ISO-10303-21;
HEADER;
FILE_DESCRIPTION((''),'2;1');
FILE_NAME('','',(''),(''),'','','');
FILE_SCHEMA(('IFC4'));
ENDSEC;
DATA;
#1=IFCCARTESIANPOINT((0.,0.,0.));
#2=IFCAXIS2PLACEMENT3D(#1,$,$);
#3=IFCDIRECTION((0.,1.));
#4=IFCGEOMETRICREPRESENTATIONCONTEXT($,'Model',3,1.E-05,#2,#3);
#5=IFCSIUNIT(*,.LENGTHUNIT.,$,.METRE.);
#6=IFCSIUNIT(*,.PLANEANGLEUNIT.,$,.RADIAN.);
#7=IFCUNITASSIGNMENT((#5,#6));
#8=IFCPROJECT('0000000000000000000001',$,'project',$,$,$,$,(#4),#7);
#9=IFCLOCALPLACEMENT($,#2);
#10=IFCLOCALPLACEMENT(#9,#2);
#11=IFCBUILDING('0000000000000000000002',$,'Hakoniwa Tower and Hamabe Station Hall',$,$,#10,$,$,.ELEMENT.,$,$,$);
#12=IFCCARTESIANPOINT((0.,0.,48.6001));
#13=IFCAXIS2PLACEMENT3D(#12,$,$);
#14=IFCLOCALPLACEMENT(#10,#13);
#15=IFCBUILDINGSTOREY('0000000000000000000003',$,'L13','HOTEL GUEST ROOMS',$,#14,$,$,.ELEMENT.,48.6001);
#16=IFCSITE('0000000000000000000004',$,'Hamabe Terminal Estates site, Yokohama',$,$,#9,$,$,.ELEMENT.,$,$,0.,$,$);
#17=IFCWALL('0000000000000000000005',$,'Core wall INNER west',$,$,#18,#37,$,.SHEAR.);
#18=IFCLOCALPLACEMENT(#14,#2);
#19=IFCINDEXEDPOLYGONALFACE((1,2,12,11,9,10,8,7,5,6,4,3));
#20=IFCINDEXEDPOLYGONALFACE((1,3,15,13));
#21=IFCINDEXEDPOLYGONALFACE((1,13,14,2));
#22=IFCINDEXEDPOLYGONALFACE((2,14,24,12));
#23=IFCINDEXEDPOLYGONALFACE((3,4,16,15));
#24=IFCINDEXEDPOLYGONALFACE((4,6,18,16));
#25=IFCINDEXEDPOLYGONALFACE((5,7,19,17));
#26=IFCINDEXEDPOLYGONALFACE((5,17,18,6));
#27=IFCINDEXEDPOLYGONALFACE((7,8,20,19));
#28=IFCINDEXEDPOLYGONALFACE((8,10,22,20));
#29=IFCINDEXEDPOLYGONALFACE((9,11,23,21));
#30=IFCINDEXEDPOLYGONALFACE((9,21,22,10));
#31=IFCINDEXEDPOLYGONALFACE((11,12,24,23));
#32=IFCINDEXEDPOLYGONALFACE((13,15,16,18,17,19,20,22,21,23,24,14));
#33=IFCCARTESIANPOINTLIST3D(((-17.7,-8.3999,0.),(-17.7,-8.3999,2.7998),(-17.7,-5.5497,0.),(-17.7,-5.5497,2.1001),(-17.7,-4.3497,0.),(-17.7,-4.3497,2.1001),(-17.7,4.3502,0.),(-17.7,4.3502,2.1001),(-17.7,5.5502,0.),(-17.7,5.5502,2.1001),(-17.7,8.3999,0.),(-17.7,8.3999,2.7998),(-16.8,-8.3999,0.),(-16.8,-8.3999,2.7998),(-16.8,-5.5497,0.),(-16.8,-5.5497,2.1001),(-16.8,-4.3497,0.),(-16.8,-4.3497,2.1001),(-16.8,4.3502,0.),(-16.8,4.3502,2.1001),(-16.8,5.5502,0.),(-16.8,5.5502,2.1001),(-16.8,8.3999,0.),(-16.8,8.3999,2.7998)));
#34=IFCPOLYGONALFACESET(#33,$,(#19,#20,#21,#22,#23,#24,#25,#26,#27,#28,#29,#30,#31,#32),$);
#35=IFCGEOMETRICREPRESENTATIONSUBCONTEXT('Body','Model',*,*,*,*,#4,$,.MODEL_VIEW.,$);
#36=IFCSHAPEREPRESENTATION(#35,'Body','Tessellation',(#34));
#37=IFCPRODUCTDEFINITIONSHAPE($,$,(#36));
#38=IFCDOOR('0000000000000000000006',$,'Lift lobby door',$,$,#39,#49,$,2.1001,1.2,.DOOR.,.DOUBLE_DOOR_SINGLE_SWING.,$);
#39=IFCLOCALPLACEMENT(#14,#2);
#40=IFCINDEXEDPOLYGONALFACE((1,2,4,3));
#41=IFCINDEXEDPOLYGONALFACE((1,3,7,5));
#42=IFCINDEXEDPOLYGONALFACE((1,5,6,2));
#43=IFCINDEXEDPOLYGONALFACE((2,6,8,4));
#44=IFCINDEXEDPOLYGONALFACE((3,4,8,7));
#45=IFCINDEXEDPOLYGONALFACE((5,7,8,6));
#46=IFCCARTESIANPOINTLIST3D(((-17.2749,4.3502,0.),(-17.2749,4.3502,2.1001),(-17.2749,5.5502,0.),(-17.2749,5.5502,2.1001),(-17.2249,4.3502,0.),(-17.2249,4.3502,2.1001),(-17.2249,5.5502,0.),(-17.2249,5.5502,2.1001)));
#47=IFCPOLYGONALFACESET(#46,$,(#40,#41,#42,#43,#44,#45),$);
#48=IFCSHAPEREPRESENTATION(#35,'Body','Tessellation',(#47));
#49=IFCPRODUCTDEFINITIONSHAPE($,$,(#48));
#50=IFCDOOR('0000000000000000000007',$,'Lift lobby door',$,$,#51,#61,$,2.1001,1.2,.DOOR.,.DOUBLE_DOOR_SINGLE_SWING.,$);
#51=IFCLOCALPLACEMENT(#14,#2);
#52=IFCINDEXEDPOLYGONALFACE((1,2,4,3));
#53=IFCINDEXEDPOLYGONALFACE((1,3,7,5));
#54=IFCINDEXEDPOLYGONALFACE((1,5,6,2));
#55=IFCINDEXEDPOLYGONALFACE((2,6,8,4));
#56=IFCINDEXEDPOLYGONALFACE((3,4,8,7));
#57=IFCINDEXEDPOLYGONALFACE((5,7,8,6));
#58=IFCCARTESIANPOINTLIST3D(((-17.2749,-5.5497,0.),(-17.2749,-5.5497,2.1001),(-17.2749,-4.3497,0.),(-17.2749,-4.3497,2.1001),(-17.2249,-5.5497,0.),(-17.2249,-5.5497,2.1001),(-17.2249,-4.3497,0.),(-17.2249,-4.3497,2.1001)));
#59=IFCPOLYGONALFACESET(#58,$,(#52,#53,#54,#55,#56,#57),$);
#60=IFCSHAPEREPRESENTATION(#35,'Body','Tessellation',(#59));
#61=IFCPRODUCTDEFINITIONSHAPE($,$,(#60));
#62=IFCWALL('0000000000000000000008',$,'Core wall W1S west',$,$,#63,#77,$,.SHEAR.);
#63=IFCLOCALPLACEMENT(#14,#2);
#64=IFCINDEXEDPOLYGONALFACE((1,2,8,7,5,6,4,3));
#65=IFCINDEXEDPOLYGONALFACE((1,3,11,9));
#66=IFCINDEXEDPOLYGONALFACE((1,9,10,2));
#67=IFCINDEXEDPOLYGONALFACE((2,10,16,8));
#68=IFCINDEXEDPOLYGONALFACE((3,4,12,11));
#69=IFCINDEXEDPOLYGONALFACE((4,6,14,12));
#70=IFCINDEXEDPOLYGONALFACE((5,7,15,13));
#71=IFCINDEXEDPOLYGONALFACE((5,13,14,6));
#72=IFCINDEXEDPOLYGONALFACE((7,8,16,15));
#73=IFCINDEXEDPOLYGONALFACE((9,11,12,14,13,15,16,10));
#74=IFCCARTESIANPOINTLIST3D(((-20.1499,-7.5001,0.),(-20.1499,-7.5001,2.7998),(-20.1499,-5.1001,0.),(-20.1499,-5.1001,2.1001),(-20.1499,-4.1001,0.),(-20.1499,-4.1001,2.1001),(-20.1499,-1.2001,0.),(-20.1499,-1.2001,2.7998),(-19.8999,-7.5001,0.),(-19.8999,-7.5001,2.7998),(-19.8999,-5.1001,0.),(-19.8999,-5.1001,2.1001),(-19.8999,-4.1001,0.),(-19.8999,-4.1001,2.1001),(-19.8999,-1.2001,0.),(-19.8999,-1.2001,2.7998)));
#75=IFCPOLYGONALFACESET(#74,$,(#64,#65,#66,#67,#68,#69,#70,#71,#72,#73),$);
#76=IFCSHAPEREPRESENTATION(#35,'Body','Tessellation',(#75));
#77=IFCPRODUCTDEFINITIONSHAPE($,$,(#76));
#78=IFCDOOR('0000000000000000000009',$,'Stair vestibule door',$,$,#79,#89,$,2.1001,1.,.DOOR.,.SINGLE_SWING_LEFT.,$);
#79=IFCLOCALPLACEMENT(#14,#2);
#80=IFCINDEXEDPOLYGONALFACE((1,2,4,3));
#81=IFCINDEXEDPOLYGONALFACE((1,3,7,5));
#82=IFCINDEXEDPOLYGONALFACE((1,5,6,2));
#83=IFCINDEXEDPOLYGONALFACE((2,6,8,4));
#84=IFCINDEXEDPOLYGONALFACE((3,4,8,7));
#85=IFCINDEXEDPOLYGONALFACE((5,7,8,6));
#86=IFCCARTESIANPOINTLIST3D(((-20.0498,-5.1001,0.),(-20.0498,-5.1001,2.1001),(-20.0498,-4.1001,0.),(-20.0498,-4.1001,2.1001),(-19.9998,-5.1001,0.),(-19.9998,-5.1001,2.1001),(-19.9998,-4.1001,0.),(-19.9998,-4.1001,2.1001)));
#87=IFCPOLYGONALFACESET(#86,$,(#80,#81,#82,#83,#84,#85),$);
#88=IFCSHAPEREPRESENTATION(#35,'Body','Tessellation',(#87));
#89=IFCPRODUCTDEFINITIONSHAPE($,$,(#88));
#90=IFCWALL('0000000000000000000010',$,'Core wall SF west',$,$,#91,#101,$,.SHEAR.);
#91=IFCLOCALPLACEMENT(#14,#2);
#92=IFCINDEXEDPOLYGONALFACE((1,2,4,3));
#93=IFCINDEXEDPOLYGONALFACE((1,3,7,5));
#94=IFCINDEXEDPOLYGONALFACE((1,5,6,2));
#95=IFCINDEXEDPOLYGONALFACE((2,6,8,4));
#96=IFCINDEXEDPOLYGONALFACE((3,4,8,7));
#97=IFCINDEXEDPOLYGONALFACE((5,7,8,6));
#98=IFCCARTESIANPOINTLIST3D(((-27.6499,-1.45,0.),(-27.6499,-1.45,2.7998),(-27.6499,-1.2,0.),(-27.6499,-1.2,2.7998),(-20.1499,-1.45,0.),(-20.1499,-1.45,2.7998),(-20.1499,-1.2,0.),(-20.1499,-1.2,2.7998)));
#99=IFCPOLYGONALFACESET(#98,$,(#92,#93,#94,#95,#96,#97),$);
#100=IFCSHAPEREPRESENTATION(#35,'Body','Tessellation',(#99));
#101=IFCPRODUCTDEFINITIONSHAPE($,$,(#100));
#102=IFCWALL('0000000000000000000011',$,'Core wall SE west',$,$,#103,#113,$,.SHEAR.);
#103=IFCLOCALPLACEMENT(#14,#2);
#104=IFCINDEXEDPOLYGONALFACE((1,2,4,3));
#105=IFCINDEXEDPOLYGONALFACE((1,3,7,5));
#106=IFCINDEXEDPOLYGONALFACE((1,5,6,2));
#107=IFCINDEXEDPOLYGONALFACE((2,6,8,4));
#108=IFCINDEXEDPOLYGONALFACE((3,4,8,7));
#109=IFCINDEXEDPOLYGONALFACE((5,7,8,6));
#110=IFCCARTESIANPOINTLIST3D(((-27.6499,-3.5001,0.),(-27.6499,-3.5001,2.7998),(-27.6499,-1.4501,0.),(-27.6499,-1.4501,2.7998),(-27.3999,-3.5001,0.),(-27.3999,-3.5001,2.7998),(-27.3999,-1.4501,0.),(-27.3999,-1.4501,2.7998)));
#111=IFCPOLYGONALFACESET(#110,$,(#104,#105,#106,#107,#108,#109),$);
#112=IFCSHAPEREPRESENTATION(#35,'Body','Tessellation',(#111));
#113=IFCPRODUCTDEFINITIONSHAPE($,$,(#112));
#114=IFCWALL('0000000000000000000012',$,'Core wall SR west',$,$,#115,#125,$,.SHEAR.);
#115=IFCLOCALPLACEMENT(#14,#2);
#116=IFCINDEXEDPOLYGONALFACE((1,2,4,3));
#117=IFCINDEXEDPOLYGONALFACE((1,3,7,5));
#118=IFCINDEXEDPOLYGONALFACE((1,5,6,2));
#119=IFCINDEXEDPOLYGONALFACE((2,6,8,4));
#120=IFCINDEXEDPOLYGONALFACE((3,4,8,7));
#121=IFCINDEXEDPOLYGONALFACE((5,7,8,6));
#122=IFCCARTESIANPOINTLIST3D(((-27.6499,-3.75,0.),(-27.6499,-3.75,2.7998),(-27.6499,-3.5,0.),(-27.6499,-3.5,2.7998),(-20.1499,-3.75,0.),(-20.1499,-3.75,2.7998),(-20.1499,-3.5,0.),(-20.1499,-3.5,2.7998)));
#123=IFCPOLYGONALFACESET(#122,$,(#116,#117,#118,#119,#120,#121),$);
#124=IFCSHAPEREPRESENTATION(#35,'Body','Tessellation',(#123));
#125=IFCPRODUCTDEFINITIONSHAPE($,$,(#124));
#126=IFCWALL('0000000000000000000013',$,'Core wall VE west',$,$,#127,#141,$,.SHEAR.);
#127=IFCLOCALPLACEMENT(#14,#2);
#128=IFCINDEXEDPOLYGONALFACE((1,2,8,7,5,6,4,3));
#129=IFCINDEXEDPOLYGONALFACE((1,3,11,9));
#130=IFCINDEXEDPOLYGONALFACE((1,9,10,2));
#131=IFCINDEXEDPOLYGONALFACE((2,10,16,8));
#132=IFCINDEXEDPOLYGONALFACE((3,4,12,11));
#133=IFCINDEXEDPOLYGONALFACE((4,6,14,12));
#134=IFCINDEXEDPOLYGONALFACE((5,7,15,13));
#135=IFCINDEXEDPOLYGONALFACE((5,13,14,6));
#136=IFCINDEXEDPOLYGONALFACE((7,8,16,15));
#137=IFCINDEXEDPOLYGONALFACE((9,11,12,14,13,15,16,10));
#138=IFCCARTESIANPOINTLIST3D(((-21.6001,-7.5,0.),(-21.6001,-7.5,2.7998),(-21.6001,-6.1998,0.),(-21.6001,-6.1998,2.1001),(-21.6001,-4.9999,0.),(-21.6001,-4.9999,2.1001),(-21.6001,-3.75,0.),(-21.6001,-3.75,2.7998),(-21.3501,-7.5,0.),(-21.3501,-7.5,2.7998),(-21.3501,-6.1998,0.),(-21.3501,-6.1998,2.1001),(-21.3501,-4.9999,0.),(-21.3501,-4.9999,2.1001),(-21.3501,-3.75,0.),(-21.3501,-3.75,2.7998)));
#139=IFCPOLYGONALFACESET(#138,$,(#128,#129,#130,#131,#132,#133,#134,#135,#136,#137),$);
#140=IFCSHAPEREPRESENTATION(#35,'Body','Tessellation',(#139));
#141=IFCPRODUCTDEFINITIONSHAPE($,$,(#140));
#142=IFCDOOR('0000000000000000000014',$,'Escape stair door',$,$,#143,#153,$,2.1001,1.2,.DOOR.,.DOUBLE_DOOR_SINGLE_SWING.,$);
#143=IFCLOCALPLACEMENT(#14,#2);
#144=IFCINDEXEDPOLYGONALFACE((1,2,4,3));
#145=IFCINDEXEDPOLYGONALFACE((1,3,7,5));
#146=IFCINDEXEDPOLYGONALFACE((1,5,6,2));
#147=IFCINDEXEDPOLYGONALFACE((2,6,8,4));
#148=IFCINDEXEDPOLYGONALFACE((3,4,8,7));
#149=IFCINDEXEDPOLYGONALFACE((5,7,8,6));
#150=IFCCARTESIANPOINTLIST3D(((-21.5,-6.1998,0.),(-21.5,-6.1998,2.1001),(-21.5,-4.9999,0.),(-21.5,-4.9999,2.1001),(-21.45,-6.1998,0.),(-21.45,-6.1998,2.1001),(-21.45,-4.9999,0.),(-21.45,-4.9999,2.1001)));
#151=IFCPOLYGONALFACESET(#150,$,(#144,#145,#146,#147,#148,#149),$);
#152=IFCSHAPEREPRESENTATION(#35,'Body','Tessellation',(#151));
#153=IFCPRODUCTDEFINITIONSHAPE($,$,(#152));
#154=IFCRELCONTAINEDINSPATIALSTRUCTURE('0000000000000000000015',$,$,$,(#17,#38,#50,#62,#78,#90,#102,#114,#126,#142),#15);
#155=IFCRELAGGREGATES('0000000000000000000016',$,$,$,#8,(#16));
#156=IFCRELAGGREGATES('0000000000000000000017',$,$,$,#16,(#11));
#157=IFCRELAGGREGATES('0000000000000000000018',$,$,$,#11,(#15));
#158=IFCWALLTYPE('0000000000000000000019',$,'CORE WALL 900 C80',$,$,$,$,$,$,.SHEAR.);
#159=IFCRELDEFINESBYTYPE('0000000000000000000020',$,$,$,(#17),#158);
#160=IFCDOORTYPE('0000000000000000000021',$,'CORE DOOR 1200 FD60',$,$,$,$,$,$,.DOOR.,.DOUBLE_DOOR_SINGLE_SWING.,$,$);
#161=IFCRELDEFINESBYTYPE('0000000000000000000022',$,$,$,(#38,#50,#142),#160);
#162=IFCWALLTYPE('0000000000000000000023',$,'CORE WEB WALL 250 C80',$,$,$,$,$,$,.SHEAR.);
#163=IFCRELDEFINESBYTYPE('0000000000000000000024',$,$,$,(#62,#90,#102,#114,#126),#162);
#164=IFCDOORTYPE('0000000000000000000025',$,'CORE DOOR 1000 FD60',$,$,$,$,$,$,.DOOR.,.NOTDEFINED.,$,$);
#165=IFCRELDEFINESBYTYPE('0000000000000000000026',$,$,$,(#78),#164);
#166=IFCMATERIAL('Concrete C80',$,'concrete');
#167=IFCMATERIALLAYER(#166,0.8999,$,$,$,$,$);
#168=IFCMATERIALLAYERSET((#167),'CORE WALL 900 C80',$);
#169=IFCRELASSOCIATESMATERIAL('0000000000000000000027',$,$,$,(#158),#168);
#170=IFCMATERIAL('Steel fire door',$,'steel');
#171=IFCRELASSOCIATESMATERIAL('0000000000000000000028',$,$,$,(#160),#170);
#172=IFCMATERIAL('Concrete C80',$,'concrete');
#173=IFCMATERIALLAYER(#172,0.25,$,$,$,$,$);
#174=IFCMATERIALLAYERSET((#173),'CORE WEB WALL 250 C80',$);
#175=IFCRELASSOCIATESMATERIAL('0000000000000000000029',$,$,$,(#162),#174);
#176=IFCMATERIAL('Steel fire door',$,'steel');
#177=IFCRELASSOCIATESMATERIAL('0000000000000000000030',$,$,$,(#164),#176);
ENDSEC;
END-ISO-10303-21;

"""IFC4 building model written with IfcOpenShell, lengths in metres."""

from ifc_helpers import new_model, si_unit, direction, frame, frame_2d, origin, place, context, subcontext, project, spatial, rectangle, extrude, material, layer, layer_set, type_object, element, fill, save


model = new_model("IFC4")

# Units and contexts
model_context = context("Model", 3, precision=1e-05, world=origin(), true_north=direction((0.0, 1.0)))
body_context = subcontext(model_context, "Body", "Model", "MODEL_VIEW")
ifc_project = project(units=[si_unit("LENGTHUNIT", "METRE"), si_unit("PLANEANGLEUNIT", "RADIAN")], contexts=[model_context])

# Site, building, storey
site_placement = place(None, origin())
site = spatial("IfcSite", under=ifc_project, at=site_placement, Name="Hamabe Terminal Estates site, Yokohama", CompositionType="ELEMENT", RefElevation=0.0)
building_placement = place(site_placement, origin())
building = spatial("IfcBuilding", under=site, at=building_placement, Name="Hakoniwa Tower and Hamabe Station Hall", CompositionType="ELEMENT")
storey_placement = place(building_placement, frame((0.0, 0.0, 48.6001)))
storey = spatial("IfcBuildingStorey", under=building, at=storey_placement, Name="L13", Description="HOTEL GUEST ROOMS", CompositionType="ELEMENT", Elevation=48.6001)

# Wall, openings, doors
ifc_material_1 = material(Name="Concrete C80", Category="concrete")
ifc_layer_1 = layer(ifc_material_1, 0.8999)
ifc_layer_set_1 = layer_set([ifc_layer_1], Name="CORE WALL 900 C80")
wall_type_1 = type_object("IfcWallType", Name="CORE WALL 900 C80", PredefinedType="SHEAR", material=ifc_layer_set_1)
wall_1_placement = place(storey_placement, frame((-17.25, -8.3999, 0.0), z_axis=(0.0, 0.0, 1.0), x_axis=(0.0, 1.0, 0.0)))
wall_1 = element("IfcWall", 1, at=wall_1_placement, inside=storey, type_object=wall_type_1, Name="Core wall INNER west", PredefinedType="SHEAR", context=body_context, shape_type="SweptSolid", body=[
    extrude(rectangle(XDim=16.7998, YDim=0.8999, at=frame_2d((8.3999, 0.0))), origin(), (0.0, 0.0, 1.0), 2.7998),
])
opening_1_placement = place(wall_1_placement, frame((12.75, 0.0, 0.0)))
opening_1 = element("IfcOpeningElement", 2, at=opening_1_placement, cuts=wall_1, PredefinedType="OPENING", context=body_context, shape_type="SweptSolid", body=[
    extrude(rectangle(XDim=1.2, YDim=2.1001, at=frame_2d((0.6001, 1.05))), frame((0.0, 0.46, 0.0), z_axis=(0.0, -1.0, 0.0), x_axis=(1.0, 0.0, 0.0)), (0.0, 0.0, 1.0), 0.9199),
])
opening_2_placement = place(wall_1_placement, frame((2.8501, 0.0, 0.0)))
opening_2 = element("IfcOpeningElement", 3, at=opening_2_placement, cuts=wall_1, PredefinedType="OPENING", context=body_context, shape_type="SweptSolid", body=[
    extrude(rectangle(XDim=1.2, YDim=2.1001, at=frame_2d((0.6001, 1.05))), frame((0.0, 0.46, 0.0), z_axis=(0.0, -1.0, 0.0), x_axis=(1.0, 0.0, 0.0)), (0.0, 0.0, 1.0), 0.9199),
])
ifc_material_2 = material(Name="Steel fire door", Category="steel")
door_type_1 = type_object("IfcDoorType", Name="CORE DOOR 1200 FD60", OperationType="DOUBLE_DOOR_SINGLE_SWING", PredefinedType="DOOR", material=ifc_material_2)
door_1_placement = place(opening_1_placement, origin())
door_1 = element("IfcDoor", 4, at=door_1_placement, inside=storey, type_object=door_type_1, Name="Lift lobby door", OperationType="DOUBLE_DOOR_SINGLE_SWING", OverallHeight=2.1001, OverallWidth=1.2, PredefinedType="DOOR", context=body_context, shape_type="SweptSolid", body=[
    extrude(rectangle(XDim=1.2, YDim=2.1001, at=frame_2d((0.6001, 1.05))), frame((0.0, 0.0249, 0.0), z_axis=(0.0, -1.0, 0.0), x_axis=(1.0, 0.0, 0.0)), (0.0, 0.0, 1.0), 0.05),
])
fill(opening_1, door_1)
door_2_placement = place(opening_2_placement, origin())
door_2 = element("IfcDoor", 5, at=door_2_placement, inside=storey, type_object=door_type_1, Name="Lift lobby door", OperationType="DOUBLE_DOOR_SINGLE_SWING", OverallHeight=2.1001, OverallWidth=1.2, PredefinedType="DOOR", context=body_context, shape_type="SweptSolid", body=[
    extrude(rectangle(XDim=1.2, YDim=2.1001, at=frame_2d((0.6001, 1.05))), frame((0.0, 0.0249, 0.0), z_axis=(0.0, -1.0, 0.0), x_axis=(1.0, 0.0, 0.0)), (0.0, 0.0, 1.0), 0.05),
])
fill(opening_2, door_2)

# Wall, opening, door
ifc_material_3 = material(Name="Concrete C80", Category="concrete")
ifc_layer_2 = layer(ifc_material_3, 0.25)
ifc_layer_set_2 = layer_set([ifc_layer_2], Name="CORE WEB WALL 250 C80")
wall_type_2 = type_object("IfcWallType", Name="CORE WEB WALL 250 C80", PredefinedType="SHEAR", material=ifc_layer_set_2)
wall_2_placement = place(storey_placement, frame((-20.0249, -7.5, 0.0), z_axis=(0.0, 0.0, 1.0), x_axis=(0.0, 1.0, 0.0)))
wall_2 = element("IfcWall", 6, at=wall_2_placement, inside=storey, type_object=wall_type_2, Name="Core wall W1S west", PredefinedType="SHEAR", context=body_context, shape_type="SweptSolid", body=[
    extrude(rectangle(XDim=6.3, YDim=0.25, at=frame_2d((3.1499, 0.0))), origin(), (0.0, 0.0, 1.0), 2.7998),
])
opening_3_placement = place(wall_2_placement, frame((2.3999, 0.0, 0.0)))
opening_3 = element("IfcOpeningElement", 7, at=opening_3_placement, cuts=wall_2, PredefinedType="OPENING", context=body_context, shape_type="SweptSolid", body=[
    extrude(rectangle(XDim=1.0, YDim=2.1001, at=frame_2d((0.5, 1.05))), frame((0.0, 0.135, 0.0), z_axis=(0.0, -1.0, 0.0), x_axis=(1.0, 0.0, 0.0)), (0.0, 0.0, 1.0), 0.27),
])
ifc_material_4 = material(Name="Steel fire door", Category="steel")
door_type_2 = type_object("IfcDoorType", Name="CORE DOOR 1000 FD60", OperationType="NOTDEFINED", PredefinedType="DOOR", material=ifc_material_4)
door_3_placement = place(opening_3_placement, origin())
door_3 = element("IfcDoor", 8, at=door_3_placement, inside=storey, type_object=door_type_2, Name="Stair vestibule door", OperationType="SINGLE_SWING_LEFT", OverallHeight=2.1001, OverallWidth=1.0, PredefinedType="DOOR", context=body_context, shape_type="SweptSolid", body=[
    extrude(rectangle(XDim=1.0, YDim=2.1001, at=frame_2d((0.5, 1.05))), frame((0.0, 0.0249, 0.0), z_axis=(0.0, -1.0, 0.0), x_axis=(1.0, 0.0, 0.0)), (0.0, 0.0, 1.0), 0.05),
])
fill(opening_3, door_3)

# Walls
wall_3_placement = place(storey_placement, frame((-27.6499, -1.325, 0.0), z_axis=(0.0, 0.0, 1.0), x_axis=(1.0, 0.0, 0.0)))
element("IfcWall", 9, at=wall_3_placement, inside=storey, type_object=wall_type_2, Name="Core wall SF west", PredefinedType="SHEAR", context=body_context, shape_type="SweptSolid", body=[
    extrude(rectangle(XDim=7.5, YDim=0.25, at=frame_2d((3.75, 0.0))), origin(), (0.0, 0.0, 1.0), 2.7998),
])
wall_4_placement = place(storey_placement, frame((-27.5249, -3.5, 0.0), z_axis=(0.0, 0.0, 1.0), x_axis=(0.0, 1.0, 0.0)))
element("IfcWall", 10, at=wall_4_placement, inside=storey, type_object=wall_type_2, Name="Core wall SE west", PredefinedType="SHEAR", context=body_context, shape_type="SweptSolid", body=[
    extrude(rectangle(XDim=2.05, YDim=0.25, at=frame_2d((1.0249, 0.0))), origin(), (0.0, 0.0, 1.0), 2.7998),
])
wall_5_placement = place(storey_placement, frame((-27.6499, -3.625, 0.0), z_axis=(0.0, 0.0, 1.0), x_axis=(1.0, 0.0, 0.0)))
element("IfcWall", 11, at=wall_5_placement, inside=storey, type_object=wall_type_2, Name="Core wall SR west", PredefinedType="SHEAR", context=body_context, shape_type="SweptSolid", body=[
    extrude(rectangle(XDim=7.5, YDim=0.25, at=frame_2d((3.75, 0.0))), origin(), (0.0, 0.0, 1.0), 2.7998),
])

# Wall, opening, door
wall_6_placement = place(storey_placement, frame((-21.4751, -7.5, 0.0), z_axis=(0.0, 0.0, 1.0), x_axis=(0.0, 1.0, 0.0)))
wall_6 = element("IfcWall", 12, at=wall_6_placement, inside=storey, type_object=wall_type_2, Name="Core wall VE west", PredefinedType="SHEAR", context=body_context, shape_type="SweptSolid", body=[
    extrude(rectangle(XDim=3.75, YDim=0.25, at=frame_2d((1.875, 0.0))), origin(), (0.0, 0.0, 1.0), 2.7998),
])
opening_4_placement = place(wall_6_placement, frame((1.3, 0.0, 0.0)))
opening_4 = element("IfcOpeningElement", 13, at=opening_4_placement, cuts=wall_6, PredefinedType="OPENING", context=body_context, shape_type="SweptSolid", body=[
    extrude(rectangle(XDim=1.2, YDim=2.1001, at=frame_2d((0.6001, 1.05))), frame((0.0, 0.135, 0.0), z_axis=(0.0, -1.0, 0.0), x_axis=(1.0, 0.0, 0.0)), (0.0, 0.0, 1.0), 0.27),
])
door_4_placement = place(opening_4_placement, origin())
door_4 = element("IfcDoor", 14, at=door_4_placement, inside=storey, type_object=door_type_1, Name="Escape stair door", OperationType="DOUBLE_DOOR_SINGLE_SWING", OverallHeight=2.1001, OverallWidth=1.2, PredefinedType="DOOR", context=body_context, shape_type="SweptSolid", body=[
    extrude(rectangle(XDim=1.2, YDim=2.1001, at=frame_2d((0.6001, 1.05))), frame((0.0, 0.0249, 0.0), z_axis=(0.0, -1.0, 0.0), x_axis=(1.0, 0.0, 0.0)), (0.0, 0.0, 1.0), 0.05),
])
fill(opening_4, door_4)

save(model, "model.ifc")
